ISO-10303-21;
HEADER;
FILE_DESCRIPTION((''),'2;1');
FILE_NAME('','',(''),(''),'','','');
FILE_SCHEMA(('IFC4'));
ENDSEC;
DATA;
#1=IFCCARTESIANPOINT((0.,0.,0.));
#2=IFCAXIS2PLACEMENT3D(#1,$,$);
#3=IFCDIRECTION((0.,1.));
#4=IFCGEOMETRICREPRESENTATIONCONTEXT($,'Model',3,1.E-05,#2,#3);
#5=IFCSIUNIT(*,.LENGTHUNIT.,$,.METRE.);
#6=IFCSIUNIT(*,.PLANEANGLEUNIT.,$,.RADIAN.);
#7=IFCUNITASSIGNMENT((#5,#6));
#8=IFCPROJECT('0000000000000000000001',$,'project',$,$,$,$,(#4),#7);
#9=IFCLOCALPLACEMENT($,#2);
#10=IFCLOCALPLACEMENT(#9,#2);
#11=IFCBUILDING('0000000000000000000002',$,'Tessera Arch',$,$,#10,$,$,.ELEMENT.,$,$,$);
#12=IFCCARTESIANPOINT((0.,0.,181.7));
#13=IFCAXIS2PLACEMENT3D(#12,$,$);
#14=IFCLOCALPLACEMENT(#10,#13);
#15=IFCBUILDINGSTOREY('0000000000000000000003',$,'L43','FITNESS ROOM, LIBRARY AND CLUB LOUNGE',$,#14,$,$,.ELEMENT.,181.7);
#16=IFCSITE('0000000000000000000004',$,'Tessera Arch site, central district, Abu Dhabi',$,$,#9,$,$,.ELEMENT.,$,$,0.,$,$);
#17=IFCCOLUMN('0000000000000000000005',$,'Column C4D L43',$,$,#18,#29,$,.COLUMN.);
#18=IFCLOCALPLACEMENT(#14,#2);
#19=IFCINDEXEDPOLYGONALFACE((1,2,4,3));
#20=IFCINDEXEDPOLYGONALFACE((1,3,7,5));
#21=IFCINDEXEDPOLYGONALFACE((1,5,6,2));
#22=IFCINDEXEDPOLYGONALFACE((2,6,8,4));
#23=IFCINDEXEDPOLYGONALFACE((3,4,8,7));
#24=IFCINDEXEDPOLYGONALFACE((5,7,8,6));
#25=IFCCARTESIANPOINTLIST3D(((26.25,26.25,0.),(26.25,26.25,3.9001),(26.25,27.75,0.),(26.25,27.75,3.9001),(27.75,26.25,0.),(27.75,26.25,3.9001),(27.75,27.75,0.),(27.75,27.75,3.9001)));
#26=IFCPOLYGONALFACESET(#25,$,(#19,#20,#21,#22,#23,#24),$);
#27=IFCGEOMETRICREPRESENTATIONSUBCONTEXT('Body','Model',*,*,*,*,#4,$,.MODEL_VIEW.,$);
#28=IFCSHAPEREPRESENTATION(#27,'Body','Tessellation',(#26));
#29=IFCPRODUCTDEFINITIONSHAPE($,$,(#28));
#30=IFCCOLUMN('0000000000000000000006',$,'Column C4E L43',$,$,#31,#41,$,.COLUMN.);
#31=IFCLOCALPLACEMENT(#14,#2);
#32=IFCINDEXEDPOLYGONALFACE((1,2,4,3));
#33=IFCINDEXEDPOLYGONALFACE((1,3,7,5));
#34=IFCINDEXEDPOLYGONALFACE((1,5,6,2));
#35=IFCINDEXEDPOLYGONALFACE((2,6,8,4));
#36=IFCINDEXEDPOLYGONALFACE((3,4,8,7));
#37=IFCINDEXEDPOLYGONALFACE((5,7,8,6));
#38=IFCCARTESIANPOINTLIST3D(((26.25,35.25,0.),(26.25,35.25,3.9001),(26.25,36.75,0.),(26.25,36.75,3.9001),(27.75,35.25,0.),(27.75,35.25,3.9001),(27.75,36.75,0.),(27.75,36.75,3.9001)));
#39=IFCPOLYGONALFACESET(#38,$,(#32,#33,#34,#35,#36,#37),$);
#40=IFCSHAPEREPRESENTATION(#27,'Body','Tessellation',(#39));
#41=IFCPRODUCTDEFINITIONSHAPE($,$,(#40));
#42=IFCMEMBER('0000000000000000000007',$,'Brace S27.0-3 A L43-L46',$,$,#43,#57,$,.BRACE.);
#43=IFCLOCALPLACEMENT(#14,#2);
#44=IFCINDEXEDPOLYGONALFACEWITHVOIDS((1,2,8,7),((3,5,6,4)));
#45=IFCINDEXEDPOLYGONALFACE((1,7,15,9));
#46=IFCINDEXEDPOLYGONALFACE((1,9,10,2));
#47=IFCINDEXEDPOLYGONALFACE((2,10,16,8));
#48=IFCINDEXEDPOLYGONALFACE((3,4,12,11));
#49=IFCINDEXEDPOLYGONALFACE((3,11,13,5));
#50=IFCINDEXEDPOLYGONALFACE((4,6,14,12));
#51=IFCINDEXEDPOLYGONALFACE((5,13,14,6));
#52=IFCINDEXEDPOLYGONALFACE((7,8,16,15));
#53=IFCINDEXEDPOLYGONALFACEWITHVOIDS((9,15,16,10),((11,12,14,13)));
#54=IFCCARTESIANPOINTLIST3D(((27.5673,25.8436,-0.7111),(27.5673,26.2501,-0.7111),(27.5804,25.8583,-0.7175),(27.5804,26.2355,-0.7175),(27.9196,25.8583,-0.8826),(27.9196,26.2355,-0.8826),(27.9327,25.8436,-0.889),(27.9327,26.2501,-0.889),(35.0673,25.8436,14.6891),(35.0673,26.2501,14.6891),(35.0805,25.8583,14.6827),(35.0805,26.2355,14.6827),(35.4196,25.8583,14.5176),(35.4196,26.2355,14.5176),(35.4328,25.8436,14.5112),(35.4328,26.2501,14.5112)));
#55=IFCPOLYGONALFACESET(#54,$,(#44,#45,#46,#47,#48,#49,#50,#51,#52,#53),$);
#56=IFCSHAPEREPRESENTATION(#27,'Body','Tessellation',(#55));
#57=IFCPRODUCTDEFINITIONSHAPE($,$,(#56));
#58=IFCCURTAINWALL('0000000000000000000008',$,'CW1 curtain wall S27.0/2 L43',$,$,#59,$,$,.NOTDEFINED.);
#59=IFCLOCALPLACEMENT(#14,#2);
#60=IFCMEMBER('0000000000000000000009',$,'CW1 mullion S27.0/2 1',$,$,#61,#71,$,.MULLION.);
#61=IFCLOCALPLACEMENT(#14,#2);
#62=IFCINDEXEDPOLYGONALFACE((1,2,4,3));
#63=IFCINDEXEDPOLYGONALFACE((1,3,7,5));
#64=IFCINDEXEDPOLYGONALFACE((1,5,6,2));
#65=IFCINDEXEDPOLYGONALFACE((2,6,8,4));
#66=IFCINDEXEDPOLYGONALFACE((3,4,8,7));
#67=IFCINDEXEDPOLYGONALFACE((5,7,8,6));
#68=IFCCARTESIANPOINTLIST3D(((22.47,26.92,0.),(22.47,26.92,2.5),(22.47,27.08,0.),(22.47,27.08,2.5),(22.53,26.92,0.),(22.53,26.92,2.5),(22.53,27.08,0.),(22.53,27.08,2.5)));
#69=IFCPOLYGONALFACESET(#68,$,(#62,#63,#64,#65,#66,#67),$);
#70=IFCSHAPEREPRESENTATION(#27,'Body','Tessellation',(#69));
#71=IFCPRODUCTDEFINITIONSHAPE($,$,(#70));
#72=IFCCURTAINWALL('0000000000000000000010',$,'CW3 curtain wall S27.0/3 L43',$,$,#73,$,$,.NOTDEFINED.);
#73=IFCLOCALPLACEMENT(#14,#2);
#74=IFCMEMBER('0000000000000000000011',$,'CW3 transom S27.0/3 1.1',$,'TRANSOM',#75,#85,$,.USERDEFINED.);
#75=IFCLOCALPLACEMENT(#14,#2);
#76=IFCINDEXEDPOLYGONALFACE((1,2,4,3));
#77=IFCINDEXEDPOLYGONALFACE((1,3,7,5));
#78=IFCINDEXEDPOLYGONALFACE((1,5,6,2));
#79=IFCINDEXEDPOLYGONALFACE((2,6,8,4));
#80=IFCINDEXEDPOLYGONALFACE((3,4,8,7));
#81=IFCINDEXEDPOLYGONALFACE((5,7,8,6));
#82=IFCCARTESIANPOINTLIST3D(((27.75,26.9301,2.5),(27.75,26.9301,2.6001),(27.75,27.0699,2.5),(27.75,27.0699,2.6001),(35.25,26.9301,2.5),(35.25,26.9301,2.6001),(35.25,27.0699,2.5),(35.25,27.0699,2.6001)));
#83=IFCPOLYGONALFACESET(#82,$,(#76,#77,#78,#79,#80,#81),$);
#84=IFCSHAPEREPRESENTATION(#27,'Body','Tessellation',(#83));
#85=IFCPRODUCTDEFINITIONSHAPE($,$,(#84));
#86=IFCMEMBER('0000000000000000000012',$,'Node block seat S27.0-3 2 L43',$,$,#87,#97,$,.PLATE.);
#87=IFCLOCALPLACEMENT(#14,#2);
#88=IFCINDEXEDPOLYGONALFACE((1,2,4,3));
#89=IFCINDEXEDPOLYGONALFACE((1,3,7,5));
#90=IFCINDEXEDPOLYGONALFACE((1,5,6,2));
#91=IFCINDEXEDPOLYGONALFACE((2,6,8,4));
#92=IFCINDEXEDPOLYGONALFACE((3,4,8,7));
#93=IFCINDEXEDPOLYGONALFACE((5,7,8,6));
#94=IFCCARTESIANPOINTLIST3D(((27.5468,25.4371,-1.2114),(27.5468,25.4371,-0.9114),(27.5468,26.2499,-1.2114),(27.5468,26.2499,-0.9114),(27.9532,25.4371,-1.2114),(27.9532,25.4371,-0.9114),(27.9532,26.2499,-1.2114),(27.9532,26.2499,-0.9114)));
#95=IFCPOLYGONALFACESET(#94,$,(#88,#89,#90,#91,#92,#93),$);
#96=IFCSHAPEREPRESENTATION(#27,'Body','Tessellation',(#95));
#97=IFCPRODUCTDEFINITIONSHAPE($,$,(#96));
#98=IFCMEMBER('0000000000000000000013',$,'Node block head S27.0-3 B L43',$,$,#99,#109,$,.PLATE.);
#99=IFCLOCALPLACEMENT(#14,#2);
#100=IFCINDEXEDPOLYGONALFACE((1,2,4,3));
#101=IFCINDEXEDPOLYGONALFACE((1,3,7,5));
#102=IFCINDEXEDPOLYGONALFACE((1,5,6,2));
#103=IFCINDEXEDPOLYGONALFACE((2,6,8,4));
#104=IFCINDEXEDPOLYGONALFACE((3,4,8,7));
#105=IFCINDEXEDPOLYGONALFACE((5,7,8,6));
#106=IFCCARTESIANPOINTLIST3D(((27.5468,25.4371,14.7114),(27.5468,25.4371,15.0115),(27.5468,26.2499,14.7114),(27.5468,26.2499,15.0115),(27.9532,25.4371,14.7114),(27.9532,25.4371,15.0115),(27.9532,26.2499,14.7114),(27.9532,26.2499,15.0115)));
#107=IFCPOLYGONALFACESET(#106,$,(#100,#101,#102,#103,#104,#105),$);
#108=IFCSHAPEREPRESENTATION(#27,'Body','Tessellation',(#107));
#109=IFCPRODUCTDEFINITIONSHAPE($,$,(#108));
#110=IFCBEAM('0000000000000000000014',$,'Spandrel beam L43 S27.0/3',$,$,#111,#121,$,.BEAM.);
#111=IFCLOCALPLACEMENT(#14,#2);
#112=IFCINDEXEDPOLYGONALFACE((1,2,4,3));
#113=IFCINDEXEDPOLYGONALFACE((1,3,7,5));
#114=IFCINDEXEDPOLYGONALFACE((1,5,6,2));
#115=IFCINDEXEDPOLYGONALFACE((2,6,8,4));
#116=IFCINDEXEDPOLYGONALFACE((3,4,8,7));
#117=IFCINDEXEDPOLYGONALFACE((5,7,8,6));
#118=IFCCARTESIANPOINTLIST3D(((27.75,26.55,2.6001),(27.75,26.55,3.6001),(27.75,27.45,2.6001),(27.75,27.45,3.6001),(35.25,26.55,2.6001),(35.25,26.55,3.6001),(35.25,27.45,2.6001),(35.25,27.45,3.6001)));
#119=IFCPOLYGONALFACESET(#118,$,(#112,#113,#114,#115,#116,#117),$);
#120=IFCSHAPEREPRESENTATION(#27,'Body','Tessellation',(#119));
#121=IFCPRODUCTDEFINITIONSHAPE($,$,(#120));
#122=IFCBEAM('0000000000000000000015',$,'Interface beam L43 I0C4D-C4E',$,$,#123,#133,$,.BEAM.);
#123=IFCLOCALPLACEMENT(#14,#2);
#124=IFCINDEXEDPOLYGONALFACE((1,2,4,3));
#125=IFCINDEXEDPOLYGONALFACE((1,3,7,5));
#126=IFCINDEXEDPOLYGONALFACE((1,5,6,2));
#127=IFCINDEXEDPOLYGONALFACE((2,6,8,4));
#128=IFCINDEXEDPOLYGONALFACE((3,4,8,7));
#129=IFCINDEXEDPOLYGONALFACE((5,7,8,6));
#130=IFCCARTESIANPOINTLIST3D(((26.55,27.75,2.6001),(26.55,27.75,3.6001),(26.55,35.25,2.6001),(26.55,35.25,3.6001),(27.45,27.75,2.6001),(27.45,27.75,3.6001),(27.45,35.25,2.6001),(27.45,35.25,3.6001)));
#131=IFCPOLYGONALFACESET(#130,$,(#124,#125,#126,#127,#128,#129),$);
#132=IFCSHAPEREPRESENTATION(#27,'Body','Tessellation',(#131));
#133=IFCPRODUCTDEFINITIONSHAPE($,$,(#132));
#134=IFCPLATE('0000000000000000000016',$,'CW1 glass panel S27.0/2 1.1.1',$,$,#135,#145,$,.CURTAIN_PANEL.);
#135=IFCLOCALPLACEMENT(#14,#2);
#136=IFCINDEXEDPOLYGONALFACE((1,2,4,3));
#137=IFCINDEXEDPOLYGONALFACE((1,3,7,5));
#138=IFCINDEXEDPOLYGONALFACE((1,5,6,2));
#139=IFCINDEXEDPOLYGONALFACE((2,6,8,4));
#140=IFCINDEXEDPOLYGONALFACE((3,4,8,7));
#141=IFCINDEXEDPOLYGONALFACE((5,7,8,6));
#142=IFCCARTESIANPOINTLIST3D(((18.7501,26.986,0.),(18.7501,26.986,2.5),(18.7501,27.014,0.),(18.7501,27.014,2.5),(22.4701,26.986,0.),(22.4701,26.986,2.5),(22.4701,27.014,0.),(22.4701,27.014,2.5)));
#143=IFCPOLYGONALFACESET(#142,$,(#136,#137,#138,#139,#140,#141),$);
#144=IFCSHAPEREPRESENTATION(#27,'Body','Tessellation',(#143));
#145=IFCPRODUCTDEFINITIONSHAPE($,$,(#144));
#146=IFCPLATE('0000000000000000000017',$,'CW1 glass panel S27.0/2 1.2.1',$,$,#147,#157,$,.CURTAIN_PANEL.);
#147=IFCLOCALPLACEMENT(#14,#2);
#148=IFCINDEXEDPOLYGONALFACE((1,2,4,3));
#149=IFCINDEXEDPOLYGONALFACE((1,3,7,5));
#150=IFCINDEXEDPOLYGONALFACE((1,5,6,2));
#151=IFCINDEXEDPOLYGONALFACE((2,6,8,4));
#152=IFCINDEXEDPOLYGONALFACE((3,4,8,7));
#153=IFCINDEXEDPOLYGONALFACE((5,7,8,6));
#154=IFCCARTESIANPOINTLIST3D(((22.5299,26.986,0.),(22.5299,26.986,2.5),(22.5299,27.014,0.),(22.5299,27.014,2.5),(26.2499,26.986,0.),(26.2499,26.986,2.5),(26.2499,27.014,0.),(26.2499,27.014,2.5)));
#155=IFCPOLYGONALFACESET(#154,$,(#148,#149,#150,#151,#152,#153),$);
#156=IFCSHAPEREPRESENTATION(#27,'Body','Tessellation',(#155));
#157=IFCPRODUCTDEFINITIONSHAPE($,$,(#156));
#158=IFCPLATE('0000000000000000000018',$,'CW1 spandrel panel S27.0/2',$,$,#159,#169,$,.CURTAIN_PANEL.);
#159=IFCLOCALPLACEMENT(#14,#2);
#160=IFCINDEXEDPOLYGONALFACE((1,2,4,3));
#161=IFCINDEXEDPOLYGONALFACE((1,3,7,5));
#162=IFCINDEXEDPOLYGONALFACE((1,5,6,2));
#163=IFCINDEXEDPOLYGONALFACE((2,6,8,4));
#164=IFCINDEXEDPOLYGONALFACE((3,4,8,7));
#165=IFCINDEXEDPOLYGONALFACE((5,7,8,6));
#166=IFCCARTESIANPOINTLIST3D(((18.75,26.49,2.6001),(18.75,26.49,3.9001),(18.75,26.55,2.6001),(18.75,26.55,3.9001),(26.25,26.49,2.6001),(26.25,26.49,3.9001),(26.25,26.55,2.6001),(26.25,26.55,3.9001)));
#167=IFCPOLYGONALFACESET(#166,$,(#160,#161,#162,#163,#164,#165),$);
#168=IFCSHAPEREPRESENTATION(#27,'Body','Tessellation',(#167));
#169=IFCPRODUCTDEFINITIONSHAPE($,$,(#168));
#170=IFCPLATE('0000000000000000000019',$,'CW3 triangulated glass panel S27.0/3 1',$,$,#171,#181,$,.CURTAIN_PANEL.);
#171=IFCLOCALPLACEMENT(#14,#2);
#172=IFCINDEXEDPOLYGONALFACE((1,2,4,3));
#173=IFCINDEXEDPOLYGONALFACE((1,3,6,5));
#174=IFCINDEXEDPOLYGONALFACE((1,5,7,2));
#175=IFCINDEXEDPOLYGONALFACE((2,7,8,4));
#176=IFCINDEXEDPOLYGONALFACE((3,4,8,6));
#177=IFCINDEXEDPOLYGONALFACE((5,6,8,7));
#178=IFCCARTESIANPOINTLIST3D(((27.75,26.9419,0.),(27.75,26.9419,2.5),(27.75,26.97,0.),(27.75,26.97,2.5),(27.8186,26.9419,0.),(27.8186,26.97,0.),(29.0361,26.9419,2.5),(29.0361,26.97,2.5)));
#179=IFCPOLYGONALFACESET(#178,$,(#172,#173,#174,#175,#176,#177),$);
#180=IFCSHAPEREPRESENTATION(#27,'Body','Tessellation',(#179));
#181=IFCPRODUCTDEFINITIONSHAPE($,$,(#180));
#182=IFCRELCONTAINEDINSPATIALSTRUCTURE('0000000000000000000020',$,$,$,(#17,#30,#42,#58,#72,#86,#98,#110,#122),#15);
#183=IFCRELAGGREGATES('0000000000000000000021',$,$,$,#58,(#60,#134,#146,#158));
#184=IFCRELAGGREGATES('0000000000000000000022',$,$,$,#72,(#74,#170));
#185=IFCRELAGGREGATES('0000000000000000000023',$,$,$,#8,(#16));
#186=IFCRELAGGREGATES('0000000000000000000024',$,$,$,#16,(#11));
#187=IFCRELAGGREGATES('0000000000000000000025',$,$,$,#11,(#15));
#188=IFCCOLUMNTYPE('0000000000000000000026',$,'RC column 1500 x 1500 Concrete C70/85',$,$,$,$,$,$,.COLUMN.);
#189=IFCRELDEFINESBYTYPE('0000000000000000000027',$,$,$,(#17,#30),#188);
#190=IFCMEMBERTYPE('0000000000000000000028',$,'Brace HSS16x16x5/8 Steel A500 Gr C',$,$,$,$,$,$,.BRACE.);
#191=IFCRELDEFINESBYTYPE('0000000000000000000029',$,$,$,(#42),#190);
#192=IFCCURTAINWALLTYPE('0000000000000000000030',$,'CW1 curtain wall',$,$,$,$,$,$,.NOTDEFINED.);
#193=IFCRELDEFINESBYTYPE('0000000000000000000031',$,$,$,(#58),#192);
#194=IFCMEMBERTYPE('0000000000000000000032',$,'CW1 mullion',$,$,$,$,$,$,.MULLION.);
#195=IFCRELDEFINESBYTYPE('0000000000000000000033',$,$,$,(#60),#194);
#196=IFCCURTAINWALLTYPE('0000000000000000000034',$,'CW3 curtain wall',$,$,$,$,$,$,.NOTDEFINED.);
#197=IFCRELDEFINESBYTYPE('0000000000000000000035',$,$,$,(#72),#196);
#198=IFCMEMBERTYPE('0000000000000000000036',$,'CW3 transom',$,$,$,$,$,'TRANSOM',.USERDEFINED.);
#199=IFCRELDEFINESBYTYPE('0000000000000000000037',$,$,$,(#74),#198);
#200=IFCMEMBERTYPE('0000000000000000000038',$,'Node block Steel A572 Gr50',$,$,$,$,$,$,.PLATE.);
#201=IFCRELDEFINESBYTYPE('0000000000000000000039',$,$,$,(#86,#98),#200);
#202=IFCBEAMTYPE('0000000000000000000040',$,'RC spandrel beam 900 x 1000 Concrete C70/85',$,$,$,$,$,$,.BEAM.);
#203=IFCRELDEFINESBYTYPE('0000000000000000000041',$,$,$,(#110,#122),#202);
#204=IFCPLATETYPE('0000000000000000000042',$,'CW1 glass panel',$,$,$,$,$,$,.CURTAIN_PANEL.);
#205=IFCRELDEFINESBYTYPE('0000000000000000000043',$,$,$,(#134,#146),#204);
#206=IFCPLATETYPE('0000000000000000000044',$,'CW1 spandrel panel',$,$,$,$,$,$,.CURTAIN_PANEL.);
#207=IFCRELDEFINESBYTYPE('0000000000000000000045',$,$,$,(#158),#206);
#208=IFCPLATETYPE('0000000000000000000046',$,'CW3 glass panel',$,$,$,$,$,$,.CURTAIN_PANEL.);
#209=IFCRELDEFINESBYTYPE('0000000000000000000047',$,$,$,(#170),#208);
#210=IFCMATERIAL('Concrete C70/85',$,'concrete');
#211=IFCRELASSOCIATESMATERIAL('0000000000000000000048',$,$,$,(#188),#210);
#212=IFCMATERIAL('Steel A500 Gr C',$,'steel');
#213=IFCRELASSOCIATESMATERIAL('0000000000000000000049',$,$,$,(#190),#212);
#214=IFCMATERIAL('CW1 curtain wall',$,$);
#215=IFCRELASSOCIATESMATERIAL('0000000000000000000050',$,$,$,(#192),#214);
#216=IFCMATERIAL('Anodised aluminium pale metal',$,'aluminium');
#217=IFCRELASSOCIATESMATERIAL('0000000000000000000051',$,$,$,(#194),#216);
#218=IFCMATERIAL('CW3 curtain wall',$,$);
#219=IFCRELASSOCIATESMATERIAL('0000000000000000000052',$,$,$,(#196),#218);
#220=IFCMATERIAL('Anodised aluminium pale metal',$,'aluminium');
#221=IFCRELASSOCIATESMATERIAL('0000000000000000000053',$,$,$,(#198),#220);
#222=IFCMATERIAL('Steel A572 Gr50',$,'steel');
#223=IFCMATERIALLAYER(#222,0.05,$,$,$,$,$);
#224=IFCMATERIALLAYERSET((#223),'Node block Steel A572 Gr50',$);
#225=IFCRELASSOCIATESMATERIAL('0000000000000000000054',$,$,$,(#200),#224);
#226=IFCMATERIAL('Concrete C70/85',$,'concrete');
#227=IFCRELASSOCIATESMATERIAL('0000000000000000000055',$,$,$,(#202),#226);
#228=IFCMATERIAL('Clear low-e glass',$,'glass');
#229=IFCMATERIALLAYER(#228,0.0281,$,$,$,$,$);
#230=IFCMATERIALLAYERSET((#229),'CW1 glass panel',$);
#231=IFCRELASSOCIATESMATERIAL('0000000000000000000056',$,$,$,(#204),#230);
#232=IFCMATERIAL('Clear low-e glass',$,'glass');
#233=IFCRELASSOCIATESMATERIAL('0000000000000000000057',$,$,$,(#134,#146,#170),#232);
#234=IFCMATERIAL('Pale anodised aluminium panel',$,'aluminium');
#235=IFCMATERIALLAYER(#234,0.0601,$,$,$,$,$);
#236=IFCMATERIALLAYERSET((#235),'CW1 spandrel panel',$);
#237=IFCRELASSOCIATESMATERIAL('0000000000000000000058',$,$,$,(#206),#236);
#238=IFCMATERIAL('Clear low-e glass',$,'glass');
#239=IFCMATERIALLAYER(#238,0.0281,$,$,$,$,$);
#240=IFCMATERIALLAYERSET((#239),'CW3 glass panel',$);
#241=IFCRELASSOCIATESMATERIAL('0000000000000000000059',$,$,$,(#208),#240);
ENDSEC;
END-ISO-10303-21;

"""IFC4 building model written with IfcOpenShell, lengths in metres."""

from ifc_helpers import new_model, si_unit, direction, frame, origin, origin_2d, place, context, subcontext, project, spatial, polyline, rectangle, hollow_rectangle, outline, extrude, material, layer, layer_set, material_profile, profile_set, type_object, element, aggregate, save


model = new_model("IFC4")

# Units and contexts
model_context = context("Model", 3, precision=1e-05, world=origin(), true_north=direction((0.0, 1.0)))
body_context = subcontext(model_context, "Body", "Model", "MODEL_VIEW")
ifc_project = project(units=[si_unit("LENGTHUNIT", "METRE"), si_unit("PLANEANGLEUNIT", "RADIAN")], contexts=[model_context])

# Site, building, storey
site_placement = place(None, origin())
site = spatial("IfcSite", under=ifc_project, at=site_placement, Name="Tessera Arch site, central district, Abu Dhabi", CompositionType="ELEMENT", RefElevation=0.0)
building_placement = place(site_placement, origin())
building = spatial("IfcBuilding", under=site, at=building_placement, Name="Tessera Arch", CompositionType="ELEMENT")
storey_placement = place(building_placement, frame((0.0, 0.0, 181.7)))
storey = spatial("IfcBuildingStorey", under=building, at=storey_placement, Name="L43", Description="FITNESS ROOM, LIBRARY AND CLUB LOUNGE", CompositionType="ELEMENT", Elevation=181.7)

# Columns
ifc_material_1 = material(Name="Concrete C70/85", Category="concrete")
ifc_material_profile_1 = material_profile(ifc_material_1, rectangle(XDim=1.5, YDim=1.5, at=origin_2d()), Name="RC column 1500 x 1500 Concrete C70/85")
ifc_profile_set_1 = profile_set([ifc_material_profile_1], Name="Concrete C70/85")
column_type = type_object("IfcColumnType", Name="RC column 1500 x 1500 Concrete C70/85", PredefinedType="COLUMN", material=ifc_profile_set_1)
for number, where, z_axis, x_axis, name in (
    (1, (27.0, 27.0, 0.0), (0.0, 0.0, 1.0), (1.0, 0.0, 0.0), "Column C4D L43"),
    (2, (27.0, 36.0, 0.0), (0.0, 0.0, 1.0), (1.0, 0.0, 0.0), "Column C4E L43"),
):
    element("IfcColumn", number, at=place(storey_placement, frame(where, z_axis=z_axis, x_axis=x_axis)), inside=storey, type_object=column_type, Name=name, PredefinedType="COLUMN", context=body_context, shape_type="SweptSolid", body=[
        extrude(rectangle(XDim=1.5, YDim=1.5, at=origin_2d()), origin(), (0.0, 0.0, 1.0), 3.9001),
    ])

# Member
ifc_material_2 = material(Name="Steel A500 Gr C", Category="steel")
ifc_material_profile_2 = material_profile(ifc_material_2, hollow_rectangle(XDim=0.4065, YDim=0.4065, WallThickness=0.0146, at=origin_2d()), Name="HSS16x16x5/8")
ifc_profile_set_2 = profile_set([ifc_material_profile_2], Name="Steel A500 Gr C")
member_type_1 = type_object("IfcMemberType", Name="Brace HSS16x16x5/8 Steel A500 Gr C", PredefinedType="BRACE", material=ifc_profile_set_2)
member_1_placement = place(storey_placement, frame((27.75, 26.0469, -0.8), z_axis=(0.437845, 0.0, 0.89905), x_axis=(0.0, 1.0, 0.0)))
element("IfcMember", 3, at=member_1_placement, inside=storey, type_object=member_type_1, Name="Brace S27.0-3 A L43-L46", PredefinedType="BRACE", context=body_context, shape_type="SweptSolid", body=[
    extrude(hollow_rectangle(XDim=0.4065, YDim=0.4065, WallThickness=0.0146, at=origin_2d()), origin(), (0.0, 0.0, 1.0), 17.1294),
])

# Curtain walls, members
ifc_material_3 = material(Name="CW1 curtain wall")
curtain_wall_type_1 = type_object("IfcCurtainWallType", Name="CW1 curtain wall", PredefinedType="NOTDEFINED", material=ifc_material_3)
curtain_wall_1_placement = place(storey_placement, origin())
curtain_wall_1 = element("IfcCurtainWall", 4, at=curtain_wall_1_placement, inside=storey, type_object=curtain_wall_type_1, Name="CW1 curtain wall S27.0/2 L43", PredefinedType="NOTDEFINED")
ifc_material_4 = material(Name="Anodised aluminium pale metal", Category="aluminium")
ifc_material_profile_3 = material_profile(ifc_material_4, rectangle(XDim=0.1599, YDim=0.0601, at=origin_2d()), Name="AL 60x160")
ifc_profile_set_3 = profile_set([ifc_material_profile_3], Name="Anodised aluminium pale metal")
member_type_2 = type_object("IfcMemberType", Name="CW1 mullion", PredefinedType="MULLION", material=ifc_profile_set_3)
member_2_placement = place(storey_placement, frame((22.5, 27.0, 0.0), z_axis=(0.0, 0.0, 1.0), x_axis=(0.0, 1.0, 0.0)))
member_2 = element("IfcMember", 5, at=member_2_placement, type_object=member_type_2, Name="CW1 mullion S27.0/2 1", PredefinedType="MULLION", context=body_context, shape_type="SweptSolid", body=[
    extrude(rectangle(XDim=0.1599, YDim=0.0601, at=origin_2d()), origin(), (0.0, 0.0, 1.0), 2.5),
])
ifc_material_5 = material(Name="CW3 curtain wall")
curtain_wall_type_2 = type_object("IfcCurtainWallType", Name="CW3 curtain wall", PredefinedType="NOTDEFINED", material=ifc_material_5)
curtain_wall_2_placement = place(storey_placement, origin())
curtain_wall_2 = element("IfcCurtainWall", 6, at=curtain_wall_2_placement, inside=storey, type_object=curtain_wall_type_2, Name="CW3 curtain wall S27.0/3 L43", PredefinedType="NOTDEFINED")
ifc_material_6 = material(Name="Anodised aluminium pale metal", Category="aluminium")
ifc_material_profile_4 = material_profile(ifc_material_6, rectangle(XDim=0.1399, YDim=0.1001, at=origin_2d()), Name="AL 140x100")
ifc_profile_set_4 = profile_set([ifc_material_profile_4], Name="Anodised aluminium pale metal")
member_type_3 = type_object("IfcMemberType", Name="CW3 transom", ElementType="TRANSOM", PredefinedType="USERDEFINED", material=ifc_profile_set_4)
member_3_placement = place(storey_placement, frame((27.75, 27.0, 2.55), z_axis=(1.0, 0.0, 0.0), x_axis=(0.0, 1.0, 0.0)))
member_3 = element("IfcMember", 7, at=member_3_placement, type_object=member_type_3, Name="CW3 transom S27.0/3 1.1", ObjectType="TRANSOM", PredefinedType="USERDEFINED", context=body_context, shape_type="SweptSolid", body=[
    extrude(rectangle(XDim=0.1399, YDim=0.1001, at=origin_2d()), origin(), (0.0, 0.0, 1.0), 7.5),
])

# Members
ifc_material_7 = material(Name="Steel A572 Gr50", Category="steel")
ifc_layer_1 = layer(ifc_material_7, 0.05)
ifc_layer_set_1 = layer_set([ifc_layer_1], Name="Node block Steel A572 Gr50")
member_type_4 = type_object("IfcMemberType", Name="Node block Steel A572 Gr50", PredefinedType="PLATE", material=ifc_layer_set_1)
for number, where, z_axis, x_axis, name in (
    (8, (27.75, 25.8435, -1.2114), (0.0, 0.0, 1.0), (1.0, 0.0, 0.0), "Node block seat S27.0-3 2 L43"),
    (9, (27.75, 25.8435, 14.7114), (0.0, 0.0, 1.0), (1.0, 0.0, 0.0), "Node block head S27.0-3 B L43"),
):
    element("IfcMember", number, at=place(storey_placement, frame(where, z_axis=z_axis, x_axis=x_axis)), inside=storey, type_object=member_type_4, Name=name, PredefinedType="PLATE", context=body_context, shape_type="SweptSolid", body=[
        extrude(rectangle(XDim=0.4065, YDim=0.8127, at=origin_2d()), origin(), (0.0, 0.0, 1.0), 0.3),
    ])

# Beams
ifc_material_8 = material(Name="Concrete C70/85", Category="concrete")
ifc_material_profile_5 = material_profile(ifc_material_8, rectangle(XDim=0.8999, YDim=1.0, at=origin_2d()), Name="RC spandrel beam 900 x 1000 Concrete C70/85")
ifc_profile_set_5 = profile_set([ifc_material_profile_5], Name="Concrete C70/85")
beam_type = type_object("IfcBeamType", Name="RC spandrel beam 900 x 1000 Concrete C70/85", PredefinedType="BEAM", material=ifc_profile_set_5)
for number, where, z_axis, x_axis, name in (
    (10, (27.75, 27.0, 3.1001), (1.0, 0.0, 0.0), (0.0, 1.0, 0.0), "Spandrel beam L43 S27.0/3"),
    (11, (27.0, 27.75, 3.1001), (0.0, 1.0, 0.0), (-1.0, 0.0, 0.0), "Interface beam L43 I0C4D-C4E"),
):
    element("IfcBeam", number, at=place(storey_placement, frame(where, z_axis=z_axis, x_axis=x_axis)), inside=storey, type_object=beam_type, Name=name, PredefinedType="BEAM", context=body_context, shape_type="SweptSolid", body=[
        extrude(rectangle(XDim=0.8999, YDim=1.0, at=origin_2d()), origin(), (0.0, 0.0, 1.0), 7.5),
    ])

# Plates
ifc_material_9 = material(Name="Clear low-e glass", Category="glass")
ifc_material_10 = material(Name="Clear low-e glass", Category="glass")
ifc_layer_2 = layer(ifc_material_10, 0.0281)
ifc_layer_set_2 = layer_set([ifc_layer_2], Name="CW1 glass panel")
plate_type_1 = type_object("IfcPlateType", Name="CW1 glass panel", PredefinedType="CURTAIN_PANEL", material=ifc_layer_set_2)
plate_1_placement = place(storey_placement, frame((20.6101, 27.0, 0.0), z_axis=(0.0, 0.0, 1.0), x_axis=(1.0, 0.0, 0.0)))
plate_1 = element("IfcPlate", 12, at=plate_1_placement, type_object=plate_type_1, material=ifc_material_9, Name="CW1 glass panel S27.0/2 1.1.1", PredefinedType="CURTAIN_PANEL", context=body_context, shape_type="SweptSolid", body=[
    extrude(rectangle(XDim=3.72, YDim=0.0281, at=origin_2d()), origin(), (0.0, 0.0, 1.0), 2.5),
])
plate_2_placement = place(storey_placement, frame((24.3899, 27.0, 0.0), z_axis=(0.0, 0.0, 1.0), x_axis=(1.0, 0.0, 0.0)))
plate_2 = element("IfcPlate", 13, at=plate_2_placement, type_object=plate_type_1, material=ifc_material_9, Name="CW1 glass panel S27.0/2 1.2.1", PredefinedType="CURTAIN_PANEL", context=body_context, shape_type="SweptSolid", body=[
    extrude(rectangle(XDim=3.72, YDim=0.0281, at=origin_2d()), origin(), (0.0, 0.0, 1.0), 2.5),
])
ifc_material_11 = material(Name="Pale anodised aluminium panel", Category="aluminium")
ifc_layer_3 = layer(ifc_material_11, 0.0601)
ifc_layer_set_3 = layer_set([ifc_layer_3], Name="CW1 spandrel panel")
plate_type_2 = type_object("IfcPlateType", Name="CW1 spandrel panel", PredefinedType="CURTAIN_PANEL", material=ifc_layer_set_3)
plate_3_placement = place(storey_placement, frame((22.5, 26.52, 2.6001), z_axis=(0.0, 0.0, 1.0), x_axis=(1.0, 0.0, 0.0)))
plate_3 = element("IfcPlate", 14, at=plate_3_placement, type_object=plate_type_2, Name="CW1 spandrel panel S27.0/2", PredefinedType="CURTAIN_PANEL", context=body_context, shape_type="SweptSolid", body=[
    extrude(rectangle(XDim=7.5, YDim=0.0601, at=origin_2d()), origin(), (0.0, 0.0, 1.0), 1.3),
])
aggregate(curtain_wall_1, [member_2, plate_1, plate_2, plate_3])
ifc_material_12 = material(Name="Clear low-e glass", Category="glass")
ifc_layer_4 = layer(ifc_material_12, 0.0281)
ifc_layer_set_4 = layer_set([ifc_layer_4], Name="CW3 glass panel")
plate_type_3 = type_object("IfcPlateType", Name="CW3 glass panel", PredefinedType="CURTAIN_PANEL", material=ifc_layer_set_4)
plate_4_placement = place(storey_placement, frame((27.75, 26.9419, 0.0), z_axis=(0.0, -1.0, 0.0), x_axis=(1.0, 0.0, 0.0)))
plate_4 = element("IfcPlate", 15, at=plate_4_placement, type_object=plate_type_3, material=ifc_material_9, Name="CW3 triangulated glass panel S27.0/3 1", PredefinedType="CURTAIN_PANEL", context=body_context, shape_type="SweptSolid", body=[
    extrude(outline(polyline([(0.0, 0.0), (0.0686, 0.0), (1.2861, 2.5), (0.0, 2.5), (0.0, 0.0)])), origin(), (0.0, 0.0, -1.0), 0.0281),
])
aggregate(curtain_wall_2, [member_3, plate_4])

save(model, "model.ifc")
